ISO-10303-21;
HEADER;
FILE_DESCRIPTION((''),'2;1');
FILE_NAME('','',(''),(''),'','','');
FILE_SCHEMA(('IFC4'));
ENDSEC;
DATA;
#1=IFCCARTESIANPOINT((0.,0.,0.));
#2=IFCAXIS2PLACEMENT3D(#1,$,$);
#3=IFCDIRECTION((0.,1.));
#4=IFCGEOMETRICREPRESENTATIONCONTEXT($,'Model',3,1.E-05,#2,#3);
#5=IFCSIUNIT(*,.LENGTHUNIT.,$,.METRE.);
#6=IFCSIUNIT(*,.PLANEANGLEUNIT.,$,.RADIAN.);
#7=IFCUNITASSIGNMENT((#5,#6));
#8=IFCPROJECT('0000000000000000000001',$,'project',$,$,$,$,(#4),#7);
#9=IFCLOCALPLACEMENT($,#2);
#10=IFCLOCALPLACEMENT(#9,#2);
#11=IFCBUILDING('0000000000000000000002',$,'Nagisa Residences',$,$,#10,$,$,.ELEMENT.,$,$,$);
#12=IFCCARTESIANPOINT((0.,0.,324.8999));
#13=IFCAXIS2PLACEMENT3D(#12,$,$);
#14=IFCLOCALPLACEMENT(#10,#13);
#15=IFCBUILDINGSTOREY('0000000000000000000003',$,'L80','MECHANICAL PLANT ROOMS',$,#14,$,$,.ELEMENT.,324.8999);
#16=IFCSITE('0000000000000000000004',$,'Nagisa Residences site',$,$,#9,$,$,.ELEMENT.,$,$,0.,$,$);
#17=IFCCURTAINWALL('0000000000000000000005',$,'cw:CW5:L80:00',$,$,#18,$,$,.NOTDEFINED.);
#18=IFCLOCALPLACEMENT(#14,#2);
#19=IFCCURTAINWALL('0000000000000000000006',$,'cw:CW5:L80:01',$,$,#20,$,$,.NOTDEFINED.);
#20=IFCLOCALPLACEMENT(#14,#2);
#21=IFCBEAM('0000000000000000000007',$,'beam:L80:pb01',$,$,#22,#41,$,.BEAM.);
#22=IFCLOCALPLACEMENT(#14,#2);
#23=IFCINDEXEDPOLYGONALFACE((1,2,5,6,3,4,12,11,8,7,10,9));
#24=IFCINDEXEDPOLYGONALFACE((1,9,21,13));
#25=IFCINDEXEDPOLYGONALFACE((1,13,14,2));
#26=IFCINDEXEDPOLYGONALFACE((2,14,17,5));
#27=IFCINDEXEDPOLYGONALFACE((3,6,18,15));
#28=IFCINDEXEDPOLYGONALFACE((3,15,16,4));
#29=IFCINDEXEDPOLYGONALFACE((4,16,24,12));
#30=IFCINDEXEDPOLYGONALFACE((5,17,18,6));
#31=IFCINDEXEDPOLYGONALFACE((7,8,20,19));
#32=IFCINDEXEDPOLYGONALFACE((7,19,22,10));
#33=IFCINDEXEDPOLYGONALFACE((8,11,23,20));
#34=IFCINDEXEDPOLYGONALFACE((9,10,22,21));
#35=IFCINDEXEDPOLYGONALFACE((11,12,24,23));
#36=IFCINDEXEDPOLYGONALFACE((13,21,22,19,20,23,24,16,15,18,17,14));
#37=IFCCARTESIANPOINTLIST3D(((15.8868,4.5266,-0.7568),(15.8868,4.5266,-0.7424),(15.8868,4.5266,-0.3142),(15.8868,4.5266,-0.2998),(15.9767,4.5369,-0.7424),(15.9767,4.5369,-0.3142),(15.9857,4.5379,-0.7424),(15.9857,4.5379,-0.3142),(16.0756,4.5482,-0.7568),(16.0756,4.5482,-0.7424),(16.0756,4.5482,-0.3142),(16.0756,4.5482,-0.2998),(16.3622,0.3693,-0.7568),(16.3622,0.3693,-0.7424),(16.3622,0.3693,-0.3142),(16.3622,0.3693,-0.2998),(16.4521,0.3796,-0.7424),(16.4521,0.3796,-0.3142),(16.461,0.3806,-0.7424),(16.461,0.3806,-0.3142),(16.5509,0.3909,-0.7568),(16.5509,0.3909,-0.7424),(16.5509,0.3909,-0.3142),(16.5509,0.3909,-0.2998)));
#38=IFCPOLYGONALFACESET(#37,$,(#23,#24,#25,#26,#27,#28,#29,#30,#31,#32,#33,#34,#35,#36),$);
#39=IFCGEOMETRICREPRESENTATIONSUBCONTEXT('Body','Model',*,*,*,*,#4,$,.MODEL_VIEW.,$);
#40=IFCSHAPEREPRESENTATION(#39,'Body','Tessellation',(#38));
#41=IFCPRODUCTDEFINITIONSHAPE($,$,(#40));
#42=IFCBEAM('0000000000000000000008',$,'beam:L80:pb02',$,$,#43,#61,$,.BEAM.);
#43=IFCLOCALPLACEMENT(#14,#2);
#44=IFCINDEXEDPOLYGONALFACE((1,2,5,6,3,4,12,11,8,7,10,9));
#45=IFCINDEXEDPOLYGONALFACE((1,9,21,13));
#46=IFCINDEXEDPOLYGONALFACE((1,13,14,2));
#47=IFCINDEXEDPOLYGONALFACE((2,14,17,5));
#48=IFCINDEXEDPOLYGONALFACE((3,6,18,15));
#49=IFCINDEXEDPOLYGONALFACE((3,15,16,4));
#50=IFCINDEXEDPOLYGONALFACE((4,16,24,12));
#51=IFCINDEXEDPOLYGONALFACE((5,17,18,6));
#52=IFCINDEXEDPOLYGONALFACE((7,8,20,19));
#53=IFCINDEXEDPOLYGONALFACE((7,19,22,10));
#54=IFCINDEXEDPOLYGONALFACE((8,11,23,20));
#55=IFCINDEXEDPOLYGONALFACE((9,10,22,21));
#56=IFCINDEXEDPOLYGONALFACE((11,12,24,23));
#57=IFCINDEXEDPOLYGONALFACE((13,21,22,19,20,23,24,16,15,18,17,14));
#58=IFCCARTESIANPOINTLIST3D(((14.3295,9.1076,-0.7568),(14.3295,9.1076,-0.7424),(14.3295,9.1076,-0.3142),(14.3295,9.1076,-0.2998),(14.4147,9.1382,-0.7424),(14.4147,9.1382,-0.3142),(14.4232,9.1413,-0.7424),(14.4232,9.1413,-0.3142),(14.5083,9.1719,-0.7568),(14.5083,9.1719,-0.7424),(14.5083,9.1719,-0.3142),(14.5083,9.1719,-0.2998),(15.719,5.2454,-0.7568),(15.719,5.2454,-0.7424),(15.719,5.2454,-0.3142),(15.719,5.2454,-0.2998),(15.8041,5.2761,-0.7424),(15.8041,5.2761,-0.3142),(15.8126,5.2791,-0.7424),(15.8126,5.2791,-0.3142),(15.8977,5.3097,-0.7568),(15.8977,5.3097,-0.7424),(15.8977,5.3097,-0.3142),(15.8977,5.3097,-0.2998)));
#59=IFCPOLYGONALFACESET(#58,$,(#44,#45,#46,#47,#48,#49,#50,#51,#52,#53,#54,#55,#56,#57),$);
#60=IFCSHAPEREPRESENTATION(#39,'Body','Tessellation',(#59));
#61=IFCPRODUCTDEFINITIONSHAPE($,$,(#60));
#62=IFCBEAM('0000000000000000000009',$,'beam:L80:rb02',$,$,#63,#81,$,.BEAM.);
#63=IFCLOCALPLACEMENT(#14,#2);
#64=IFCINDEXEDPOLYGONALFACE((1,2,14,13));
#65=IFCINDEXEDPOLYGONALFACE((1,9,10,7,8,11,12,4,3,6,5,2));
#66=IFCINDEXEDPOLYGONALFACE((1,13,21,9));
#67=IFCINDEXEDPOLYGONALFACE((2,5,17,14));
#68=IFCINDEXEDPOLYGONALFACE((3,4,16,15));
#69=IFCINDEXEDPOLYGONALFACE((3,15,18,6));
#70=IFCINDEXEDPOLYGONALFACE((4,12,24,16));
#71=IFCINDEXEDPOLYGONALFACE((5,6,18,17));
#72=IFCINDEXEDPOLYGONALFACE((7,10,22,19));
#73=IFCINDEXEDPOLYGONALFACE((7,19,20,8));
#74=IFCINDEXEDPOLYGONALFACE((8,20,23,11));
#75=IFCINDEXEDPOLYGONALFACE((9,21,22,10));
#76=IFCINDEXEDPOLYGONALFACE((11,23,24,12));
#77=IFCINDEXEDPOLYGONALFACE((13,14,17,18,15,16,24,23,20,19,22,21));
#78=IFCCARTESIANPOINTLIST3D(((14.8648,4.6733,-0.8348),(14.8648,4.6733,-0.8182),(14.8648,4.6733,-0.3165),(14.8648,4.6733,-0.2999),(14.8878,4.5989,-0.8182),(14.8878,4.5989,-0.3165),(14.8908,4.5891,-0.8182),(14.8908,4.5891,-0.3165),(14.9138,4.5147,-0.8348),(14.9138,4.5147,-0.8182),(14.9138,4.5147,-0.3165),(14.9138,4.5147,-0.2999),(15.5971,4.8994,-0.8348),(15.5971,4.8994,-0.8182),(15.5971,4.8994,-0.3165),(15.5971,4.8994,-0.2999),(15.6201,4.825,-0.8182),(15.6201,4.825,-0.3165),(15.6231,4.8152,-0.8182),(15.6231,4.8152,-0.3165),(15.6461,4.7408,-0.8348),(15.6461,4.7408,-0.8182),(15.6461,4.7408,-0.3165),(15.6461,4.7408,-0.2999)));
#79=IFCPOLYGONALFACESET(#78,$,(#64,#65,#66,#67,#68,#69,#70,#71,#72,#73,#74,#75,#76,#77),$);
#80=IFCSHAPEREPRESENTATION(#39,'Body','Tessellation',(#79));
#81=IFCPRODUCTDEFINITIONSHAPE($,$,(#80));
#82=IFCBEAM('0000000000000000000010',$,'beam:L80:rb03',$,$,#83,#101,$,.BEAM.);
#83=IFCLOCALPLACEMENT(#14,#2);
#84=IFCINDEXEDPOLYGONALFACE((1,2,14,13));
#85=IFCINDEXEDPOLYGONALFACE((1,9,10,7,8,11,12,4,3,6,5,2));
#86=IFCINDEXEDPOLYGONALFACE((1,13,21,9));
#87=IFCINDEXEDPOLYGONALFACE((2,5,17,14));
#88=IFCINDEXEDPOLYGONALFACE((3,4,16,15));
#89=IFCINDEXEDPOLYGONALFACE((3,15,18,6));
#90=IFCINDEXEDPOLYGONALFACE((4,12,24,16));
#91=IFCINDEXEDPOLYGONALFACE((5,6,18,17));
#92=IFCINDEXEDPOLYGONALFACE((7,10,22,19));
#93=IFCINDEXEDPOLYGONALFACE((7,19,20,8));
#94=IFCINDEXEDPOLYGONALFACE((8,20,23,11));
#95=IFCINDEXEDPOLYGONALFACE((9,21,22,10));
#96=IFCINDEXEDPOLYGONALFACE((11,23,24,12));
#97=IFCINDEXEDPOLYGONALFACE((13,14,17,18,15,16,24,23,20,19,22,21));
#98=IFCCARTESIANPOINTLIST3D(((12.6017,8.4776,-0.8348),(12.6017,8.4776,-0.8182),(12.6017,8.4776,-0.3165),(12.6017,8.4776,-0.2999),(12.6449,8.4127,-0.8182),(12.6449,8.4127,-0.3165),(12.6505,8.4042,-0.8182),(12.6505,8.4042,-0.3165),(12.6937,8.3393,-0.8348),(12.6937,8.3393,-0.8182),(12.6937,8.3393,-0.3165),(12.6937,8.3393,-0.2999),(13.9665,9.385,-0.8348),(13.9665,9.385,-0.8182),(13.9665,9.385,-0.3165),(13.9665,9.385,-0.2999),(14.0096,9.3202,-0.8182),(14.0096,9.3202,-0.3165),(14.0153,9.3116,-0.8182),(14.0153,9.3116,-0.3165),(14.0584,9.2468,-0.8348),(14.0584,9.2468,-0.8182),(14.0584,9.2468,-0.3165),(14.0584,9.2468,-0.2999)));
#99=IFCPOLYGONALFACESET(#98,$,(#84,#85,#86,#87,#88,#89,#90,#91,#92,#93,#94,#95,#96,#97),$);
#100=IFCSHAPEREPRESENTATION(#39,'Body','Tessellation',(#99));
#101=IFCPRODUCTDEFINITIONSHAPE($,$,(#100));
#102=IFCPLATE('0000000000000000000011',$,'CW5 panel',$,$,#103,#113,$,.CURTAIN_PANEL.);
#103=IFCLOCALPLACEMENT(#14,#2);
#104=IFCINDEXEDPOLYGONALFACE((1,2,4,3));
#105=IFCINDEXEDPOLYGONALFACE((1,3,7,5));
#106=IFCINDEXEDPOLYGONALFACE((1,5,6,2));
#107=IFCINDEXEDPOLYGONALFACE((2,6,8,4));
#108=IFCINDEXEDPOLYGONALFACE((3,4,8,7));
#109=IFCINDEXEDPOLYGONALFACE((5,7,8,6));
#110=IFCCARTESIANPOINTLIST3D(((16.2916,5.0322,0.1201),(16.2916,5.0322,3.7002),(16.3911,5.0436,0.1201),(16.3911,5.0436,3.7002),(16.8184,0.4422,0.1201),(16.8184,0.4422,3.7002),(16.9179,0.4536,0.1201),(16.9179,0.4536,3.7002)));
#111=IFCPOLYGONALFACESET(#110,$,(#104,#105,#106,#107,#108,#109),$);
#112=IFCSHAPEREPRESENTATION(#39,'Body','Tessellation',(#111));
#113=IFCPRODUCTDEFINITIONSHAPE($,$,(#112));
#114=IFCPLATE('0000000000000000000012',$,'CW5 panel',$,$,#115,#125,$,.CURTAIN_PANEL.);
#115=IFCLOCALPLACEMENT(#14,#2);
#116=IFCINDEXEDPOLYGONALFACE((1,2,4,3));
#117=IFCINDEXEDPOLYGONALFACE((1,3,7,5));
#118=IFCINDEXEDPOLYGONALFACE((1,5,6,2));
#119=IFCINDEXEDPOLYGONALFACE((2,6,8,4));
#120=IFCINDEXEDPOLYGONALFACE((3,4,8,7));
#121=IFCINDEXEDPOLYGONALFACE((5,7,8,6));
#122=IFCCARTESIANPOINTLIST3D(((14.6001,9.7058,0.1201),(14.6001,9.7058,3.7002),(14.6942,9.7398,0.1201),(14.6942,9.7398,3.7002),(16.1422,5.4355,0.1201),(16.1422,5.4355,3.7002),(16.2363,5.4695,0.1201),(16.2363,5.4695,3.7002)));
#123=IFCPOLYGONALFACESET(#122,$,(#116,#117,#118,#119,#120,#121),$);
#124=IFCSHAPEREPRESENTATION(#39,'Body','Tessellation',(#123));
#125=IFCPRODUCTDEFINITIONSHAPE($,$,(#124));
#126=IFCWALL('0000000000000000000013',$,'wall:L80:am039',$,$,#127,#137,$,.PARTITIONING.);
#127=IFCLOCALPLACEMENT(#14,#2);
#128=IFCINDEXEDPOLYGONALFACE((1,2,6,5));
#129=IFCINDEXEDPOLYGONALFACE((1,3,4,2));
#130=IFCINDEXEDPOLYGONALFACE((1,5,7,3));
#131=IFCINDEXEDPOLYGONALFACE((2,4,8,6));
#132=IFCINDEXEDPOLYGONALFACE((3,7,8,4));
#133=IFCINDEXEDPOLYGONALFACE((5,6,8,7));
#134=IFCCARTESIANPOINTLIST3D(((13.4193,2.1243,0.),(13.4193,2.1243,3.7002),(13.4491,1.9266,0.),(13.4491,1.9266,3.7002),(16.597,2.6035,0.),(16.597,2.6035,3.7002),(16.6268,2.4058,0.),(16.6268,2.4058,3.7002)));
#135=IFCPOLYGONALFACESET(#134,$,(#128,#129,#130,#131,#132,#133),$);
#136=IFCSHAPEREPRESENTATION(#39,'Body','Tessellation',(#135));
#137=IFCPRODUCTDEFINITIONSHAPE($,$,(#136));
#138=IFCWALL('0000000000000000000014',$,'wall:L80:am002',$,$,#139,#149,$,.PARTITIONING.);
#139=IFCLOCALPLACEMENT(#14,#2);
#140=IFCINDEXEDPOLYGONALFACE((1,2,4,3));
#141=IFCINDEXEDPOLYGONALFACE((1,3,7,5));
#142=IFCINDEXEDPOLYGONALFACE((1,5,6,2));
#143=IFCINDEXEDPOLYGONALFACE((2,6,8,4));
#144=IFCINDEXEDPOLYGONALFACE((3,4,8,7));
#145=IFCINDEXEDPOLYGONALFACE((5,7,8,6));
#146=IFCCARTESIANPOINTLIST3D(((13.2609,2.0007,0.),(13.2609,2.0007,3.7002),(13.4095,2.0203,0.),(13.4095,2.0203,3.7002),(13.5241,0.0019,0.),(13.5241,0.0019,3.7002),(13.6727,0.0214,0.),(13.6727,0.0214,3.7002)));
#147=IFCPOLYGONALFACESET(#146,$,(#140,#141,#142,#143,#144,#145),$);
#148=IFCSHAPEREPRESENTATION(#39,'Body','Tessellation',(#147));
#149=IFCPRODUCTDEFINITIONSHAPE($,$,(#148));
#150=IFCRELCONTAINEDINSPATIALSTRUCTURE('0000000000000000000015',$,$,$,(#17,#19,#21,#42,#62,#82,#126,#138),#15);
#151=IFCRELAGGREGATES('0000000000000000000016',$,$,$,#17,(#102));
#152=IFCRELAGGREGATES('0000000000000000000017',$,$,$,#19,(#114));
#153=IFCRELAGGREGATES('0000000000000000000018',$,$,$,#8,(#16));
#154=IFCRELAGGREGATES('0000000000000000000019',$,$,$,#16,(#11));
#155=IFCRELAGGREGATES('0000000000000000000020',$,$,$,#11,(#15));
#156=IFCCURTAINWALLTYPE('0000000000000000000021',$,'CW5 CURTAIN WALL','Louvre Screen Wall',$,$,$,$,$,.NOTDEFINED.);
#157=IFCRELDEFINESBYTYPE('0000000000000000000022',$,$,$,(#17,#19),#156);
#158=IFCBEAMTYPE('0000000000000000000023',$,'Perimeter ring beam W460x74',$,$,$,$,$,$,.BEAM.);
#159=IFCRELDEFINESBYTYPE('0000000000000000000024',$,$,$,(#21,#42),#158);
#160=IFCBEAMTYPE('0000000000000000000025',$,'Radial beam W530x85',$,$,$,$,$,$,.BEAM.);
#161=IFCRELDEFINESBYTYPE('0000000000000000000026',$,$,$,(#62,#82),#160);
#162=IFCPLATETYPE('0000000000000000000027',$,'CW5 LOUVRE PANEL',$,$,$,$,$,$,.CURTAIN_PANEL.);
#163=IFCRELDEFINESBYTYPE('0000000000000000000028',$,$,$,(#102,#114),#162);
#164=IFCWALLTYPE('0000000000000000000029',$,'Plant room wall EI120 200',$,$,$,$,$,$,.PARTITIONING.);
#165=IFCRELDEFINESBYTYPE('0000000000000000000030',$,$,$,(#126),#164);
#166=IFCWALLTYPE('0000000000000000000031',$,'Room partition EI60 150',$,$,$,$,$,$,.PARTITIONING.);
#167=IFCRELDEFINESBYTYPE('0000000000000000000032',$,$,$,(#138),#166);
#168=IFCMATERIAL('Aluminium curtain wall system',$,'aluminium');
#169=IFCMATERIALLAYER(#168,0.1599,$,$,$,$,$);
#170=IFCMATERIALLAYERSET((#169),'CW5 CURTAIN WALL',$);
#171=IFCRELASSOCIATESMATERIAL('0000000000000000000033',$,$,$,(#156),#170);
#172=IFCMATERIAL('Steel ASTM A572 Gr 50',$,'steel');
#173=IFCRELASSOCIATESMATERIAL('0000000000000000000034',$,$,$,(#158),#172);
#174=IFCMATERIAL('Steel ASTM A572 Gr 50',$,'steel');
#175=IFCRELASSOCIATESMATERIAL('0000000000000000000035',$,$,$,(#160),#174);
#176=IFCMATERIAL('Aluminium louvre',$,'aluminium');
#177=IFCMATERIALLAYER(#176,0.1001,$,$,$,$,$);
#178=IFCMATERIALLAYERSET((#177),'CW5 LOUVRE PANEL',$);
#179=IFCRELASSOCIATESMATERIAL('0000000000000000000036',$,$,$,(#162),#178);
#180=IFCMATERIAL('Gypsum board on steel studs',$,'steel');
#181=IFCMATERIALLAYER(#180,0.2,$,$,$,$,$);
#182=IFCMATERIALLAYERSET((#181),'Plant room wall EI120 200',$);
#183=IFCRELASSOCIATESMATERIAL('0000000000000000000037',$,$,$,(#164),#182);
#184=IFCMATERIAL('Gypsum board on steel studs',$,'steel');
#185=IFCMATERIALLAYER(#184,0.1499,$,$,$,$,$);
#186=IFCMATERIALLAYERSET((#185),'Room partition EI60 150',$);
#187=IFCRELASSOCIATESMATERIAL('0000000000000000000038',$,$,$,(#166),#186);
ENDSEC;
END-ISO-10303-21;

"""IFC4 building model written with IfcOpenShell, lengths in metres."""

from ifc_helpers import new_model, si_unit, direction, frame, frame_2d, origin, origin_2d, place, context, subcontext, project, spatial, rectangle, i_section, extrude, material, layer, layer_set, material_profile, profile_set, type_object, element, aggregate, save


model = new_model("IFC4")

# Units and contexts
model_context = context("Model", 3, precision=1e-05, world=origin(), true_north=direction((0.0, 1.0)))
body_context = subcontext(model_context, "Body", "Model", "MODEL_VIEW")
ifc_project = project(units=[si_unit("LENGTHUNIT", "METRE"), si_unit("PLANEANGLEUNIT", "RADIAN")], contexts=[model_context])

# Site, building, storey
site_placement = place(None, origin())
site = spatial("IfcSite", under=ifc_project, at=site_placement, Name="Nagisa Residences site", CompositionType="ELEMENT", RefElevation=0.0)
building_placement = place(site_placement, origin())
building = spatial("IfcBuilding", under=site, at=building_placement, Name="Nagisa Residences", CompositionType="ELEMENT")
storey_placement = place(building_placement, frame((0.0, 0.0, 324.8999)))
storey = spatial("IfcBuildingStorey", under=building, at=storey_placement, Name="L80", Description="MECHANICAL PLANT ROOMS", CompositionType="ELEMENT", Elevation=324.8999)

# Curtain walls
ifc_material_1 = material(Name="Aluminium curtain wall system", Category="aluminium")
ifc_layer_1 = layer(ifc_material_1, 0.1599)
ifc_layer_set_1 = layer_set([ifc_layer_1], Name="CW5 CURTAIN WALL")
curtain_wall_type = type_object("IfcCurtainWallType", Name="CW5 CURTAIN WALL", Description="Louvre Screen Wall", PredefinedType="NOTDEFINED", material=ifc_layer_set_1)
curtain_wall_1_placement = place(storey_placement, origin())
curtain_wall_1 = element("IfcCurtainWall", 1, at=curtain_wall_1_placement, inside=storey, type_object=curtain_wall_type, Name="cw:CW5:L80:00", PredefinedType="NOTDEFINED")
curtain_wall_2_placement = place(storey_placement, origin())
curtain_wall_2 = element("IfcCurtainWall", 2, at=curtain_wall_2_placement, inside=storey, type_object=curtain_wall_type, Name="cw:CW5:L80:01", PredefinedType="NOTDEFINED")

# Beams
ifc_material_2 = material(Name="Steel ASTM A572 Gr 50", Category="steel")
ifc_material_profile_1 = material_profile(ifc_material_2, i_section(OverallWidth=0.1899, OverallDepth=0.457, WebThickness=0.009, FlangeThickness=0.0144, at=origin_2d()), Name="W460x74")
ifc_profile_set_1 = profile_set([ifc_material_profile_1], Name="Steel ASTM A572 Gr 50")
beam_type_1 = type_object("IfcBeamType", Name="Perimeter ring beam W460x74", PredefinedType="BEAM", material=ifc_profile_set_1)
beam_1_placement = place(storey_placement, frame((16.4565, 0.3801, -0.5283), z_axis=(-0.113601, 0.993526, 0.0), x_axis=(-0.993526, -0.113601, 0.0)))
element("IfcBeam", 3, at=beam_1_placement, inside=storey, type_object=beam_type_1, Name="beam:L80:pb01", PredefinedType="BEAM", context=body_context, shape_type="SweptSolid", body=[
    extrude(i_section(OverallWidth=0.1899, OverallDepth=0.457, WebThickness=0.009, FlangeThickness=0.0144, at=origin_2d()), origin(), (0.0, 0.0, 1.0), 4.1843),
])
beam_2_placement = place(storey_placement, frame((15.8083, 5.2776, -0.5283), z_axis=(-0.338517, 0.94096, 0.0), x_axis=(-0.94096, -0.338517, 0.0)))
element("IfcBeam", 4, at=beam_2_placement, inside=storey, type_object=beam_type_1, Name="beam:L80:pb02", PredefinedType="BEAM", context=body_context, shape_type="SweptSolid", body=[
    extrude(i_section(OverallWidth=0.1899, OverallDepth=0.457, WebThickness=0.009, FlangeThickness=0.0144, at=origin_2d()), origin(), (0.0, 0.0, 1.0), 4.1045),
])
ifc_material_3 = material(Name="Steel ASTM A572 Gr 50", Category="steel")
ifc_material_profile_2 = material_profile(ifc_material_3, i_section(OverallWidth=0.166, OverallDepth=0.5349, WebThickness=0.0103, FlangeThickness=0.0166, at=origin_2d()), Name="W530x85")
ifc_profile_set_2 = profile_set([ifc_material_profile_2], Name="Steel ASTM A572 Gr 50")
beam_type_2 = type_object("IfcBeamType", Name="Radial beam W530x85", PredefinedType="BEAM", material=ifc_profile_set_2)
beam_3_placement = place(storey_placement, frame((15.6216, 4.8201, -0.5674), z_axis=(-0.955489, -0.295026, 0.0), x_axis=(0.295026, -0.955489, 0.0)))
element("IfcBeam", 5, at=beam_3_placement, inside=storey, type_object=beam_type_2, Name="beam:L80:rb02", PredefinedType="BEAM", context=body_context, shape_type="SweptSolid", body=[
    extrude(i_section(OverallWidth=0.166, OverallDepth=0.5349, WebThickness=0.0103, FlangeThickness=0.0166, at=origin_2d()), origin(), (0.0, 0.0, 1.0), 0.7664),
])
beam_4_placement = place(storey_placement, frame((14.0125, 9.3159, -0.5674), z_axis=(-0.832714, -0.553703, 0.0), x_axis=(0.553703, -0.832714, 0.0)))
element("IfcBeam", 6, at=beam_4_placement, inside=storey, type_object=beam_type_2, Name="beam:L80:rb03", PredefinedType="BEAM", context=body_context, shape_type="SweptSolid", body=[
    extrude(i_section(OverallWidth=0.166, OverallDepth=0.5349, WebThickness=0.0103, FlangeThickness=0.0166, at=origin_2d()), origin(), (0.0, 0.0, 1.0), 1.6389),
])

# Plates
ifc_material_4 = material(Name="Aluminium louvre", Category="aluminium")
ifc_layer_2 = layer(ifc_material_4, 0.1001)
ifc_layer_set_2 = layer_set([ifc_layer_2], Name="CW5 LOUVRE PANEL")
plate_type = type_object("IfcPlateType", Name="CW5 LOUVRE PANEL", PredefinedType="CURTAIN_PANEL", material=ifc_layer_set_2)
plate_1_placement = place(storey_placement, frame((16.6047, 2.7429, 0.1201), z_axis=(0.0, 0.0, 1.0), x_axis=(-0.114025, 0.993478, 0.0)))
plate_1 = element("IfcPlate", 7, at=plate_1_placement, type_object=plate_type, Name="CW5 panel", PredefinedType="CURTAIN_PANEL", context=body_context, shape_type="SweptSolid", body=[
    extrude(rectangle(XDim=4.6201, YDim=0.1001, at=origin_2d()), origin(), (0.0, 0.0, 1.0), 3.5801),
])
aggregate(curtain_wall_1, [plate_1])
plate_2_placement = place(storey_placement, frame((15.4182, 7.5876, 0.1201), z_axis=(0.0, 0.0, 1.0), x_axis=(-0.339643, 0.940554, 0.0)))
plate_2 = element("IfcPlate", 8, at=plate_2_placement, type_object=plate_type, Name="CW5 panel", PredefinedType="CURTAIN_PANEL", context=body_context, shape_type="SweptSolid", body=[
    extrude(rectangle(XDim=4.5403, YDim=0.1001, at=origin_2d()), origin(), (0.0, 0.0, 1.0), 3.5801),
])
aggregate(curtain_wall_2, [plate_2])

# Walls
ifc_material_5 = material(Name="Gypsum board on steel studs", Category="steel")
ifc_layer_3 = layer(ifc_material_5, 0.2)
ifc_layer_set_3 = layer_set([ifc_layer_3], Name="Plant room wall EI120 200")
wall_type_1 = type_object("IfcWallType", Name="Plant room wall EI120 200", PredefinedType="PARTITIONING", material=ifc_layer_set_3)
wall_1_placement = place(storey_placement, frame((13.4341, 2.0254, 0.0), z_axis=(0.0, 0.0, 1.0), x_axis=(0.988818, 0.149128, 0.0)))
element("IfcWall", 9, at=wall_1_placement, inside=storey, type_object=wall_type_1, Name="wall:L80:am039", PredefinedType="PARTITIONING", context=body_context, shape_type="SweptSolid", body=[
    extrude(rectangle(XDim=3.2136, YDim=0.2, at=frame_2d((1.6069, 0.0))), origin(), (0.0, 0.0, 1.0), 3.7002),
])
ifc_material_6 = material(Name="Gypsum board on steel studs", Category="steel")
ifc_layer_4 = layer(ifc_material_6, 0.1499)
ifc_layer_set_4 = layer_set([ifc_layer_4], Name="Room partition EI60 150")
wall_type_2 = type_object("IfcWallType", Name="Room partition EI60 150", PredefinedType="PARTITIONING", material=ifc_layer_set_4)
wall_2_placement = place(storey_placement, frame((13.3352, 2.0105, 0.0), z_axis=(0.0, 0.0, 1.0), x_axis=(0.130545, -0.991442, 0.0)))
element("IfcWall", 10, at=wall_2_placement, inside=storey, type_object=wall_type_2, Name="wall:L80:am002", PredefinedType="PARTITIONING", context=body_context, shape_type="SweptSolid", body=[
    extrude(rectangle(XDim=2.0161, YDim=0.1499, at=frame_2d((1.0081, 0.0))), origin(), (0.0, 0.0, 1.0), 3.7002),
])

save(model, "model.ifc")
